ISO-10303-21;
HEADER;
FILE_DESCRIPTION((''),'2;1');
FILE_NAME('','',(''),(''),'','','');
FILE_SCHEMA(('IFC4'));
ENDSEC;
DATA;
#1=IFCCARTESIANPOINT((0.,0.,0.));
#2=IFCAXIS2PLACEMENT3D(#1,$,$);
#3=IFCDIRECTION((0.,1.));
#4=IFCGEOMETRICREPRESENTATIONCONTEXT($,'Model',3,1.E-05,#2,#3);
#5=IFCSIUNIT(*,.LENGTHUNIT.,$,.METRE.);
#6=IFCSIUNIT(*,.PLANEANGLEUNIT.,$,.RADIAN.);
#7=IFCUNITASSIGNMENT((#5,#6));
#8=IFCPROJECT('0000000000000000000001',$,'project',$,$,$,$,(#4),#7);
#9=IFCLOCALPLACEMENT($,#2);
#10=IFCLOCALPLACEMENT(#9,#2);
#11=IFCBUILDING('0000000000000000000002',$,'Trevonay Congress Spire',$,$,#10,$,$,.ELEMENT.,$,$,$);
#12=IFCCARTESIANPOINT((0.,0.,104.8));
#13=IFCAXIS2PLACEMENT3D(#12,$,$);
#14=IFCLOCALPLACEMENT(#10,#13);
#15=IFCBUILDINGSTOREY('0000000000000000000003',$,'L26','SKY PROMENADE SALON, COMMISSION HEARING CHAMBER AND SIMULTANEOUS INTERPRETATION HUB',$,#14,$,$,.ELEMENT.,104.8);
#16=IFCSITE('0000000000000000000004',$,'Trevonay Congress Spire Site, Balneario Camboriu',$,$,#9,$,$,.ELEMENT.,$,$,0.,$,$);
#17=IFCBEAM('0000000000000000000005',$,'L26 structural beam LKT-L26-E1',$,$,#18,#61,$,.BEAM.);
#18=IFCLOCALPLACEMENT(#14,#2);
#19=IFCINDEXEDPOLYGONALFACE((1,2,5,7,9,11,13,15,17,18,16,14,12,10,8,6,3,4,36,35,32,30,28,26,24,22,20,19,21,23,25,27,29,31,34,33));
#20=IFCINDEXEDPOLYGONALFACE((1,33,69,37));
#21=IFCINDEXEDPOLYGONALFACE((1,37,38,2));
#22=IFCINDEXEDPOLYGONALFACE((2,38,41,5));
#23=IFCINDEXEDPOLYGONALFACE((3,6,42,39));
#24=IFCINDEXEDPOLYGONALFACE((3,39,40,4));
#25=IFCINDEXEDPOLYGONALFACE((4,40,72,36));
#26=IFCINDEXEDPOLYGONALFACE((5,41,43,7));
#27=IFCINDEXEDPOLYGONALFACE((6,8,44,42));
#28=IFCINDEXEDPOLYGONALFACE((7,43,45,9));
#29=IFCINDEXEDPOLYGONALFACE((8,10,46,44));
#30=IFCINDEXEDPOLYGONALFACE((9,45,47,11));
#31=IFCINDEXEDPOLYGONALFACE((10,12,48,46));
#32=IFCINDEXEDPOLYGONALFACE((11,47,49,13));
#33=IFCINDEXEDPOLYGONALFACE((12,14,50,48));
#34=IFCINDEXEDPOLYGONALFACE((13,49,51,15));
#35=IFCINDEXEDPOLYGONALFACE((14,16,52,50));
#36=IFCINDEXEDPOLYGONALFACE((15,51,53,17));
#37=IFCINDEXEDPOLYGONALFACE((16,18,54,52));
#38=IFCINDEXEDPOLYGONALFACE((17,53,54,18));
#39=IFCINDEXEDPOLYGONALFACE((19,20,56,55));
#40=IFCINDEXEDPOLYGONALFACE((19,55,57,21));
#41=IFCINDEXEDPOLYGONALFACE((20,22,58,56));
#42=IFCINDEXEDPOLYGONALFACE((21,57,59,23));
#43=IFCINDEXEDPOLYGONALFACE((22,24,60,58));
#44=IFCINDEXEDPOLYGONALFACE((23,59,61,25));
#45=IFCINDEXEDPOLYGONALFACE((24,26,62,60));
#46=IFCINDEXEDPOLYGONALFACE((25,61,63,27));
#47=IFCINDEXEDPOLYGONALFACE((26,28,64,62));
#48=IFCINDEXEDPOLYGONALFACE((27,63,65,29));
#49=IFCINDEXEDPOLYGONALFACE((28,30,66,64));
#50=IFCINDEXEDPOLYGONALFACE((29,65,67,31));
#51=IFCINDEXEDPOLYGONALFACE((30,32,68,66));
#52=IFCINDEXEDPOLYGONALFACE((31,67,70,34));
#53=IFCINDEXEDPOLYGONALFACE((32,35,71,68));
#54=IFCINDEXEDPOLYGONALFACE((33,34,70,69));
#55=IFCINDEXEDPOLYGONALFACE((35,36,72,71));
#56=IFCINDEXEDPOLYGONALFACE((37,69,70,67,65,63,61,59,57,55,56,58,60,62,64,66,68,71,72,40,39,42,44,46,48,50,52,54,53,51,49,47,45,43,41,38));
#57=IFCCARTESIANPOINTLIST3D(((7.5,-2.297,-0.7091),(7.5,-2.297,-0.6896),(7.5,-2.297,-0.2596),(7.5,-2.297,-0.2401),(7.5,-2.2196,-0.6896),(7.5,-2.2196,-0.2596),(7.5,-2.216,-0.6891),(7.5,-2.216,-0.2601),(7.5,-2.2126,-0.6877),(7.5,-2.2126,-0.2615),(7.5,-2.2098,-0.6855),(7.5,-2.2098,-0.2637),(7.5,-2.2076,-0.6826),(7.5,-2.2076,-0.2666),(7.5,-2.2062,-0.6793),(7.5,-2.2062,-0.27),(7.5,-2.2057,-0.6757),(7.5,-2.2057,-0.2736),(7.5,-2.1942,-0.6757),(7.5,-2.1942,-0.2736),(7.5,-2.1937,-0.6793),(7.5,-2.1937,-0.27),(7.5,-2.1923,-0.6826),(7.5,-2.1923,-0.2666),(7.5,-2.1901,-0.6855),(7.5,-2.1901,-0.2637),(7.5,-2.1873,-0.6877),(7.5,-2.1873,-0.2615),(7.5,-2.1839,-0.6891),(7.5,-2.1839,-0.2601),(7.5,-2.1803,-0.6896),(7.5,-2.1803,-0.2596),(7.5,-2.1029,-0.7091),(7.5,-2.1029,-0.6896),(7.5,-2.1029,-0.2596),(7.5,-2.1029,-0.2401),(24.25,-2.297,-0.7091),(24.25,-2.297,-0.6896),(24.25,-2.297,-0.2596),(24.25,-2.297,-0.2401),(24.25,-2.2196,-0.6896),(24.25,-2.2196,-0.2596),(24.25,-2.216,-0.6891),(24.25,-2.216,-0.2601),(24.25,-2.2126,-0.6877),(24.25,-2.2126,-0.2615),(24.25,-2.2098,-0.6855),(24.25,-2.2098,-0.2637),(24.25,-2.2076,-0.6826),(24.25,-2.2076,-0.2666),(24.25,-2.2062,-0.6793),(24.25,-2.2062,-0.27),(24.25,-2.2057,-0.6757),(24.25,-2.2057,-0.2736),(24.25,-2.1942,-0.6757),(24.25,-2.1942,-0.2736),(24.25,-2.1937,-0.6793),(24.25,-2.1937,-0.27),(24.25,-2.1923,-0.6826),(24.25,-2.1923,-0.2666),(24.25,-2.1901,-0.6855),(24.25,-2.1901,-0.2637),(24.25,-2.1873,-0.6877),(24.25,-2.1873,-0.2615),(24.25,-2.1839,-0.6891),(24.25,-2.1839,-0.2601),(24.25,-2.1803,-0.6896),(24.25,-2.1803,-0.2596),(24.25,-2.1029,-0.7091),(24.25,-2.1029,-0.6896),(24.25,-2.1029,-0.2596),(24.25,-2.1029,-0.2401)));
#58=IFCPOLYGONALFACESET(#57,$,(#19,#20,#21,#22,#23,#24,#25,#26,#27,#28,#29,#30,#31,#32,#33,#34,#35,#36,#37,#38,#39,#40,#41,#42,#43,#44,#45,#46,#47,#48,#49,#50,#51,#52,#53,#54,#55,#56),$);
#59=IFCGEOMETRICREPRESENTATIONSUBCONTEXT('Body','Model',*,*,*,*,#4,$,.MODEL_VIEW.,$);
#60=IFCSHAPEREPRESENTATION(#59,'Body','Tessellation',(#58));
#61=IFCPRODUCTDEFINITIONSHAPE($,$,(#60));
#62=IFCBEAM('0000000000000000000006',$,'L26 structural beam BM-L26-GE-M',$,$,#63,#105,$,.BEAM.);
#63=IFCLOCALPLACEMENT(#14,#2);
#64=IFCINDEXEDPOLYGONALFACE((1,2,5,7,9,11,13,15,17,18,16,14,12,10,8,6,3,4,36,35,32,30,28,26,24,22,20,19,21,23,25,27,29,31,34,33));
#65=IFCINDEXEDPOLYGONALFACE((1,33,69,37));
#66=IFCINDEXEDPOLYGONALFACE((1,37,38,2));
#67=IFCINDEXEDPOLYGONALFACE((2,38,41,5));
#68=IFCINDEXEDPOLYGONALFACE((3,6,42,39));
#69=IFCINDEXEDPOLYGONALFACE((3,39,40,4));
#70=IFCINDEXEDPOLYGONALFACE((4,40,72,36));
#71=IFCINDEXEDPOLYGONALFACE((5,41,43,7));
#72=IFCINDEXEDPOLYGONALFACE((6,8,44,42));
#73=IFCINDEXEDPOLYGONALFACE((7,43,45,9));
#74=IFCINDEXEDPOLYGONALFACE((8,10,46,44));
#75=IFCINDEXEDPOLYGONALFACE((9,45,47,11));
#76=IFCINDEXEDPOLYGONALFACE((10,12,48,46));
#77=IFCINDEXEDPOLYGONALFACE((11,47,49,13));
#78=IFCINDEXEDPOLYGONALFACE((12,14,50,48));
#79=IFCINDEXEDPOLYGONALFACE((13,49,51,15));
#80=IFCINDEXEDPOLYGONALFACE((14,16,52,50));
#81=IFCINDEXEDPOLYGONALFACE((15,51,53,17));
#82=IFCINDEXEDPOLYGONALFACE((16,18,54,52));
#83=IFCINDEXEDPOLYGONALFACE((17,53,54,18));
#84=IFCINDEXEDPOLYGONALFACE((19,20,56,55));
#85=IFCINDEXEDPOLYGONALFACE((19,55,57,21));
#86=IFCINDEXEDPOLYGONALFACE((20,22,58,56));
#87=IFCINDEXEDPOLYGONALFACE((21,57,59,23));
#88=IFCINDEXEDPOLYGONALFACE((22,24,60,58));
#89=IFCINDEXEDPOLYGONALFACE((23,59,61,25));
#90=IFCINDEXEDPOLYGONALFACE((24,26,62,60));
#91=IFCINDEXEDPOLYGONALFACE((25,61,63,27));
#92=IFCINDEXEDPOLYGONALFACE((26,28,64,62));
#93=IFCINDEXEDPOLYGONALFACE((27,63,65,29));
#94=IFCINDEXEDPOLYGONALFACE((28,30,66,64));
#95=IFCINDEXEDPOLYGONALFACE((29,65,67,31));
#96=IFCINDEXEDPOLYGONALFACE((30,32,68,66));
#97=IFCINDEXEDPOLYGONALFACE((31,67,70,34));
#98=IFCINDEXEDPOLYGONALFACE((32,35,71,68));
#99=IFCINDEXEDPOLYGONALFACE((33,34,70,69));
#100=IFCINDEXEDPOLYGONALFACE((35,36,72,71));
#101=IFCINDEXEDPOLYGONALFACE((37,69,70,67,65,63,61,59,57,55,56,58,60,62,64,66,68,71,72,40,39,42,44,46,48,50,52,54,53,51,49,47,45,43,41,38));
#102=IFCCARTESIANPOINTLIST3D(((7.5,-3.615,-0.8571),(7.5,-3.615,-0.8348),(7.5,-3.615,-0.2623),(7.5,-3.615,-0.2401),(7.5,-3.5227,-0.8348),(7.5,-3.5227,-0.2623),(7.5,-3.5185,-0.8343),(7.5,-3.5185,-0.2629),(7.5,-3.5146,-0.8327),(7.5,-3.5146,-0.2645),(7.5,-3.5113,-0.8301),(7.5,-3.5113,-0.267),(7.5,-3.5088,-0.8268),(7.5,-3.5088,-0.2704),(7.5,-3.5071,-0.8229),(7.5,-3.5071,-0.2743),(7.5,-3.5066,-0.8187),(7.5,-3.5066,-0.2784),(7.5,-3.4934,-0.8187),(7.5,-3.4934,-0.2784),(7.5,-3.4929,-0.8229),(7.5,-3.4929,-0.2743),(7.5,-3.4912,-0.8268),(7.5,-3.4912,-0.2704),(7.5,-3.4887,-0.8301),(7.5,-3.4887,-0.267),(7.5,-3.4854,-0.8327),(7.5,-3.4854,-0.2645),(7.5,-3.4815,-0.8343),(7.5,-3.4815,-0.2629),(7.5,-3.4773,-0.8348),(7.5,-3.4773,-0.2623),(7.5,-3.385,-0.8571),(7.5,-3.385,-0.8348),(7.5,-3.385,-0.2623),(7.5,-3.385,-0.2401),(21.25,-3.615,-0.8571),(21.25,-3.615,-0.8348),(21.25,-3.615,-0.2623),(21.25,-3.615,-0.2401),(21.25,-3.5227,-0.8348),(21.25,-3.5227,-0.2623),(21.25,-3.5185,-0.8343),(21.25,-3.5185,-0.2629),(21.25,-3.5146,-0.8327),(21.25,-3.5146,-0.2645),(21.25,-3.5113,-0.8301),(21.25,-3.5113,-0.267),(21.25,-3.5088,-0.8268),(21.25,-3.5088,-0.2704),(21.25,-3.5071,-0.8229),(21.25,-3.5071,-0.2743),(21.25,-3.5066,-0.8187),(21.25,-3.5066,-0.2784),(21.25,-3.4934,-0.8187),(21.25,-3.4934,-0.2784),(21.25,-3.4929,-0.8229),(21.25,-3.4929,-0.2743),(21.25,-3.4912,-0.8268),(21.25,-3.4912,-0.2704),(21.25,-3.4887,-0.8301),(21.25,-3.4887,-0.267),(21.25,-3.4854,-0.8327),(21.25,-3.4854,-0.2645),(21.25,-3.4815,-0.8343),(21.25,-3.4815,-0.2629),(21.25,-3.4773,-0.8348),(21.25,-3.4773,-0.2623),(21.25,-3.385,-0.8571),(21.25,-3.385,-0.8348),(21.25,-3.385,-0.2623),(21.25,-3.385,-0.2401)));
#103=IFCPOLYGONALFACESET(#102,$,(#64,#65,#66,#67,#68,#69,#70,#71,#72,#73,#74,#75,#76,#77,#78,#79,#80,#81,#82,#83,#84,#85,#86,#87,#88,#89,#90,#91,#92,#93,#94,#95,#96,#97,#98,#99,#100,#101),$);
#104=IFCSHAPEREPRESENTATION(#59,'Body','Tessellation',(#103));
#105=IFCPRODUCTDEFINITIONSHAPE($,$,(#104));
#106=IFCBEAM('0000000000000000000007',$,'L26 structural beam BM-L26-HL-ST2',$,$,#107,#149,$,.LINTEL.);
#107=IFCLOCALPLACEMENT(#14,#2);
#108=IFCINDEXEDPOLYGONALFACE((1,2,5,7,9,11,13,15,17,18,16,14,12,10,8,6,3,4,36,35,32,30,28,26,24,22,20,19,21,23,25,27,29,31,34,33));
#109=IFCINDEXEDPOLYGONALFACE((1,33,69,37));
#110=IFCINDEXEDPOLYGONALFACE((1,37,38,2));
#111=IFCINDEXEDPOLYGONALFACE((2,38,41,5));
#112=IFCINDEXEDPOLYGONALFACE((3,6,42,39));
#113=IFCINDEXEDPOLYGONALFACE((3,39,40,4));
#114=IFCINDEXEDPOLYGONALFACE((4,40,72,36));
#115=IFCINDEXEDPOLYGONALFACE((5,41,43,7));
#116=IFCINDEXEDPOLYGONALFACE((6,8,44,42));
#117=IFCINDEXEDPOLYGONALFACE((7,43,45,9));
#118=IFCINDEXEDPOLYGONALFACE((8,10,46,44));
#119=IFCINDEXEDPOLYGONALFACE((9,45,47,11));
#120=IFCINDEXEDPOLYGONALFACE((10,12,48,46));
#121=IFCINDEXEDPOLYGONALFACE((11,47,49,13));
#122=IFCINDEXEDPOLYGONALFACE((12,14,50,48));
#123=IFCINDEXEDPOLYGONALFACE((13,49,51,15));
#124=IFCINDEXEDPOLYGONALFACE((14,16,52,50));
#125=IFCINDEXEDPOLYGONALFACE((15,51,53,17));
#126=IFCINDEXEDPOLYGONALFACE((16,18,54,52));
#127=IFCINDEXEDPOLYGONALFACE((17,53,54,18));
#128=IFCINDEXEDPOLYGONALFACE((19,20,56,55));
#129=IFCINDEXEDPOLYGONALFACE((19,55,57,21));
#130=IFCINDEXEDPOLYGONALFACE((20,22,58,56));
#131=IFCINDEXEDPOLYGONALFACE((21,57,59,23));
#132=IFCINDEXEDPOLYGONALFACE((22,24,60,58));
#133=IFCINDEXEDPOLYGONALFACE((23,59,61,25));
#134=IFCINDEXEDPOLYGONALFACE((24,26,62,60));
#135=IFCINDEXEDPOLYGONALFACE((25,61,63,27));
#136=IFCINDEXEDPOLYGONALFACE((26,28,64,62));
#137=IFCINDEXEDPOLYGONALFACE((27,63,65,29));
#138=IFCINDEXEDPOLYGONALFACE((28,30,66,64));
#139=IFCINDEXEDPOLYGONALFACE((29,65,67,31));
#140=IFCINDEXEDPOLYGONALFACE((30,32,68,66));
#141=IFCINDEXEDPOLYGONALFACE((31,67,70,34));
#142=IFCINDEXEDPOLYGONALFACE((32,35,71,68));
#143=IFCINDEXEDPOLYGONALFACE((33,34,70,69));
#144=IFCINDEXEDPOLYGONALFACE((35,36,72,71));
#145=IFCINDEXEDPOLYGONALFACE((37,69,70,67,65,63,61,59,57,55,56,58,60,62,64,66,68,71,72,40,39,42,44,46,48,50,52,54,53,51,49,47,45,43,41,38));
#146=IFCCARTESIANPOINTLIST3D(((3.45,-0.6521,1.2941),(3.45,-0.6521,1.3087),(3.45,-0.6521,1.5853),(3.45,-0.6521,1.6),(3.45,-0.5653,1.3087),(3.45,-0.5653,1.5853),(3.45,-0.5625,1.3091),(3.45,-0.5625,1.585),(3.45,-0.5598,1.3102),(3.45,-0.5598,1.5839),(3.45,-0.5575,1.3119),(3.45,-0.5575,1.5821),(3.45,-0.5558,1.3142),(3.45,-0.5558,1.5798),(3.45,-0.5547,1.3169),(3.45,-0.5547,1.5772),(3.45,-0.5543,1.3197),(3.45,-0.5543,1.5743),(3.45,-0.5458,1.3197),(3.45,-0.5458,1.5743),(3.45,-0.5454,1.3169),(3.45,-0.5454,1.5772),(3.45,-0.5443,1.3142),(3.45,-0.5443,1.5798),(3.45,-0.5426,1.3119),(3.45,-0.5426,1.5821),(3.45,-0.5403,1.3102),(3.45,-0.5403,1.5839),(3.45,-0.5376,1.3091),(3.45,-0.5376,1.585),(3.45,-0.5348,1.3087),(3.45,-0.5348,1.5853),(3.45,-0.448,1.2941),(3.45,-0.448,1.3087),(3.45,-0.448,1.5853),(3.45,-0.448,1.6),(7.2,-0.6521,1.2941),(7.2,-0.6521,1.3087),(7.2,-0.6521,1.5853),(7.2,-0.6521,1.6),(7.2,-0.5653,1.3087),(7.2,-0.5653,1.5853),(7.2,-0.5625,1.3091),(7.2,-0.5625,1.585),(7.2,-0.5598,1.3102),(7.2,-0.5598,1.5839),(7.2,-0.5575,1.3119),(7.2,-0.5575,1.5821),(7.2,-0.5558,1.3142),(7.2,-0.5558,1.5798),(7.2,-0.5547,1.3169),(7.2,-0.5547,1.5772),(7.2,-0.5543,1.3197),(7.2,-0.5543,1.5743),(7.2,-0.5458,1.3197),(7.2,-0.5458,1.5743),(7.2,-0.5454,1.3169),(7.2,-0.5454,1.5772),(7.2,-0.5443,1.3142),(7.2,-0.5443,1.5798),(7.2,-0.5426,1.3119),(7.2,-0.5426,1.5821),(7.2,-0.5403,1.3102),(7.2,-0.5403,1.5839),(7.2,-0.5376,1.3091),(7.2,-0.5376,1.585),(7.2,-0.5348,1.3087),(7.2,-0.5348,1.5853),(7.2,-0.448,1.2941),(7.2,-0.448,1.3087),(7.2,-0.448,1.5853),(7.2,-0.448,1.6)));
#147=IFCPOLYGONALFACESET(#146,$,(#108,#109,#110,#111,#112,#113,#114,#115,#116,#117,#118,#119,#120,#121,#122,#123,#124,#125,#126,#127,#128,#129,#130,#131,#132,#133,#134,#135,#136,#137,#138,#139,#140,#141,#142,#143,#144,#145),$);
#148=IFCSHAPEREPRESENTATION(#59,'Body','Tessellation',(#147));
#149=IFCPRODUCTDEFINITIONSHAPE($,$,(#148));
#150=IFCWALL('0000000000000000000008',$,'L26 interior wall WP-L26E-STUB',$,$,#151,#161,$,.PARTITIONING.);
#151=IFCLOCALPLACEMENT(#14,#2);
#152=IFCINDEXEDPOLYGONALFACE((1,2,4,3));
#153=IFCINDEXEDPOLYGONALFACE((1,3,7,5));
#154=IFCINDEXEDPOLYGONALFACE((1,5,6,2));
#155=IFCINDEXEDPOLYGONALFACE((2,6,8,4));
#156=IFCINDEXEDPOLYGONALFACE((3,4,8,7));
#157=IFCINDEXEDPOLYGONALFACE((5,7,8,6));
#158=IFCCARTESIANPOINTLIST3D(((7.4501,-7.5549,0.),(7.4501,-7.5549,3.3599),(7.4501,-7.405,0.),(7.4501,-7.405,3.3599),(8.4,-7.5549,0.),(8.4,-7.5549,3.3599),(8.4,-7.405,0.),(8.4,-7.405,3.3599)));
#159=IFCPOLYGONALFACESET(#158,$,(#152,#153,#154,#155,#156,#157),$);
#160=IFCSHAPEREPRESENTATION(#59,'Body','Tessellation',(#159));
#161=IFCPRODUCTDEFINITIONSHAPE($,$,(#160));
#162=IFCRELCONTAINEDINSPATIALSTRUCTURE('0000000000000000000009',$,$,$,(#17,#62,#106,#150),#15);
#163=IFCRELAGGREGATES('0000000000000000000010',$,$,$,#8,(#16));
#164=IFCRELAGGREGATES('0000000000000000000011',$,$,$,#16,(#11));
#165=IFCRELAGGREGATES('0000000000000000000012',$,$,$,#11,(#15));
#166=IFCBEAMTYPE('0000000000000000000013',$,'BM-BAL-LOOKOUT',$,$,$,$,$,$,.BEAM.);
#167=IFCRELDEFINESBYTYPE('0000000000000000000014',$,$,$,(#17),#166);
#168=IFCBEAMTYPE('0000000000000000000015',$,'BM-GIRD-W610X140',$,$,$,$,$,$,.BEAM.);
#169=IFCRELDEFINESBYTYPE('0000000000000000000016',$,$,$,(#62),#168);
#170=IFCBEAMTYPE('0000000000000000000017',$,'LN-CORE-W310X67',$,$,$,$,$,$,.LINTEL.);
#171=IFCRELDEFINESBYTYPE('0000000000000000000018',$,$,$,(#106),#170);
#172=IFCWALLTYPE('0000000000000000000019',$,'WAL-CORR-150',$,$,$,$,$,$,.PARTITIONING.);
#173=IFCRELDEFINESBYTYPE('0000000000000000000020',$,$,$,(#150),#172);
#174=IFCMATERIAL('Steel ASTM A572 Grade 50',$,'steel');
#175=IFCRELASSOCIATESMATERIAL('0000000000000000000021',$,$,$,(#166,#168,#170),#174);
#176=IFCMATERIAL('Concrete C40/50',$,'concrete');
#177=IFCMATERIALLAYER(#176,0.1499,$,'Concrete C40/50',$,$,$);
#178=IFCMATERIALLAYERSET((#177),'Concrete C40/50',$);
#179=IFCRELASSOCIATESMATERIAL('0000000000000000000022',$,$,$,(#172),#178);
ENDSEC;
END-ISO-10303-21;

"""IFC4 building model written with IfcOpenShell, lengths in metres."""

from ifc_helpers import new_model, si_unit, direction, frame, frame_2d, origin, origin_2d, place, context, subcontext, project, spatial, rectangle, i_section, extrude, material, layer, layer_set, material_profile, profile_set, type_object, element, save


model = new_model("IFC4")

# Units and contexts
model_context = context("Model", 3, precision=1e-05, world=origin(), true_north=direction((0.0, 1.0)))
body_context = subcontext(model_context, "Body", "Model", "MODEL_VIEW")
ifc_project = project(units=[si_unit("LENGTHUNIT", "METRE"), si_unit("PLANEANGLEUNIT", "RADIAN")], contexts=[model_context])

# Site, building, storey
site_placement = place(None, origin())
site = spatial("IfcSite", under=ifc_project, at=site_placement, Name="Trevonay Congress Spire Site, Balneario Camboriu", CompositionType="ELEMENT", RefElevation=0.0)
building_placement = place(site_placement, origin())
building = spatial("IfcBuilding", under=site, at=building_placement, Name="Trevonay Congress Spire", CompositionType="ELEMENT")
storey_placement = place(building_placement, frame((0.0, 0.0, 104.8)))
storey = spatial("IfcBuildingStorey", under=building, at=storey_placement, Name="L26", Description="SKY PROMENADE SALON, COMMISSION HEARING CHAMBER AND SIMULTANEOUS INTERPRETATION HUB", CompositionType="ELEMENT", Elevation=104.8)

# Beams
ifc_material_1 = material(Name="Steel ASTM A572 Grade 50", Category="steel")
ifc_material_profile_1 = material_profile(ifc_material_1, i_section(OverallWidth=0.1941, OverallDepth=0.469, WebThickness=0.0115, FlangeThickness=0.0195, FilletRadius=0.0139, at=origin_2d()), Name="W460x106")
ifc_profile_set_1 = profile_set([ifc_material_profile_1], Name="Steel ASTM A572 Grade 50")
beam_type_1 = type_object("IfcBeamType", Name="BM-BAL-LOOKOUT", PredefinedType="BEAM", material=ifc_profile_set_1)
beam_1_placement = place(storey_placement, frame((7.5, -2.2, -0.4746), z_axis=(1.0, 0.0, 0.0), x_axis=(0.0, 1.0, 0.0)))
element("IfcBeam", 1, at=beam_1_placement, inside=storey, type_object=beam_type_1, Name="L26 structural beam LKT-L26-E1", PredefinedType="BEAM", context=body_context, shape_type="SweptSolid", body=[
    extrude(i_section(OverallWidth=0.1941, OverallDepth=0.469, WebThickness=0.0115, FlangeThickness=0.0195, FilletRadius=0.0139, at=origin_2d()), origin(), (0.0, 0.0, 1.0), 16.75),
])
ifc_material_profile_2 = material_profile(ifc_material_1, i_section(OverallWidth=0.23, OverallDepth=0.6169, WebThickness=0.0132, FlangeThickness=0.0222, FilletRadius=0.0161, at=origin_2d()), Name="W610x140")
ifc_profile_set_2 = profile_set([ifc_material_profile_2], Name="Steel ASTM A572 Grade 50")
beam_type_2 = type_object("IfcBeamType", Name="BM-GIRD-W610X140", PredefinedType="BEAM", material=ifc_profile_set_2)
beam_2_placement = place(storey_placement, frame((7.5, -3.5, -0.5486), z_axis=(1.0, 0.0, 0.0), x_axis=(0.0, 1.0, 0.0)))
element("IfcBeam", 2, at=beam_2_placement, inside=storey, type_object=beam_type_2, Name="L26 structural beam BM-L26-GE-M", PredefinedType="BEAM", context=body_context, shape_type="SweptSolid", body=[
    extrude(i_section(OverallWidth=0.23, OverallDepth=0.6169, WebThickness=0.0132, FlangeThickness=0.0222, FilletRadius=0.0161, at=origin_2d()), origin(), (0.0, 0.0, 1.0), 13.75),
])
ifc_material_profile_3 = material_profile(ifc_material_1, i_section(OverallWidth=0.2041, OverallDepth=0.3059, WebThickness=0.0085, FlangeThickness=0.0146, FilletRadius=0.011, at=origin_2d()), Name="W310x67")
ifc_profile_set_3 = profile_set([ifc_material_profile_3], Name="Steel ASTM A572 Grade 50")
beam_type_3 = type_object("IfcBeamType", Name="LN-CORE-W310X67", PredefinedType="LINTEL", material=ifc_profile_set_3)
beam_3_placement = place(storey_placement, frame((3.45, -0.55, 1.447), z_axis=(1.0, 0.0, 0.0), x_axis=(0.0, 1.0, 0.0)))
element("IfcBeam", 3, at=beam_3_placement, inside=storey, type_object=beam_type_3, Name="L26 structural beam BM-L26-HL-ST2", PredefinedType="LINTEL", context=body_context, shape_type="SweptSolid", body=[
    extrude(i_section(OverallWidth=0.2041, OverallDepth=0.3059, WebThickness=0.0085, FlangeThickness=0.0146, FilletRadius=0.011, at=origin_2d()), origin(), (0.0, 0.0, 1.0), 3.75),
])

# Wall
ifc_material_2 = material(Name="Concrete C40/50", Category="concrete")
ifc_layer_1 = layer(ifc_material_2, 0.1499, Name="Concrete C40/50")
ifc_layer_set_1 = layer_set([ifc_layer_1], Name="Concrete C40/50")
wall_type_1 = type_object("IfcWallType", Name="WAL-CORR-150", PredefinedType="PARTITIONING", material=ifc_layer_set_1)
wall_1_placement = place(storey_placement, frame((7.45, -7.48, 0.0), z_axis=(0.0, 0.0, 1.0), x_axis=(1.0, 0.0, 0.0)))
element("IfcWall", 4, at=wall_1_placement, inside=storey, type_object=wall_type_1, Name="L26 interior wall WP-L26E-STUB", PredefinedType="PARTITIONING", context=body_context, shape_type="SweptSolid", body=[
    extrude(rectangle(XDim=0.95, YDim=0.1499, at=frame_2d((0.4751, 0.0))), origin(), (0.0, 0.0, 1.0), 3.3599),
])

save(model, "model.ifc")
